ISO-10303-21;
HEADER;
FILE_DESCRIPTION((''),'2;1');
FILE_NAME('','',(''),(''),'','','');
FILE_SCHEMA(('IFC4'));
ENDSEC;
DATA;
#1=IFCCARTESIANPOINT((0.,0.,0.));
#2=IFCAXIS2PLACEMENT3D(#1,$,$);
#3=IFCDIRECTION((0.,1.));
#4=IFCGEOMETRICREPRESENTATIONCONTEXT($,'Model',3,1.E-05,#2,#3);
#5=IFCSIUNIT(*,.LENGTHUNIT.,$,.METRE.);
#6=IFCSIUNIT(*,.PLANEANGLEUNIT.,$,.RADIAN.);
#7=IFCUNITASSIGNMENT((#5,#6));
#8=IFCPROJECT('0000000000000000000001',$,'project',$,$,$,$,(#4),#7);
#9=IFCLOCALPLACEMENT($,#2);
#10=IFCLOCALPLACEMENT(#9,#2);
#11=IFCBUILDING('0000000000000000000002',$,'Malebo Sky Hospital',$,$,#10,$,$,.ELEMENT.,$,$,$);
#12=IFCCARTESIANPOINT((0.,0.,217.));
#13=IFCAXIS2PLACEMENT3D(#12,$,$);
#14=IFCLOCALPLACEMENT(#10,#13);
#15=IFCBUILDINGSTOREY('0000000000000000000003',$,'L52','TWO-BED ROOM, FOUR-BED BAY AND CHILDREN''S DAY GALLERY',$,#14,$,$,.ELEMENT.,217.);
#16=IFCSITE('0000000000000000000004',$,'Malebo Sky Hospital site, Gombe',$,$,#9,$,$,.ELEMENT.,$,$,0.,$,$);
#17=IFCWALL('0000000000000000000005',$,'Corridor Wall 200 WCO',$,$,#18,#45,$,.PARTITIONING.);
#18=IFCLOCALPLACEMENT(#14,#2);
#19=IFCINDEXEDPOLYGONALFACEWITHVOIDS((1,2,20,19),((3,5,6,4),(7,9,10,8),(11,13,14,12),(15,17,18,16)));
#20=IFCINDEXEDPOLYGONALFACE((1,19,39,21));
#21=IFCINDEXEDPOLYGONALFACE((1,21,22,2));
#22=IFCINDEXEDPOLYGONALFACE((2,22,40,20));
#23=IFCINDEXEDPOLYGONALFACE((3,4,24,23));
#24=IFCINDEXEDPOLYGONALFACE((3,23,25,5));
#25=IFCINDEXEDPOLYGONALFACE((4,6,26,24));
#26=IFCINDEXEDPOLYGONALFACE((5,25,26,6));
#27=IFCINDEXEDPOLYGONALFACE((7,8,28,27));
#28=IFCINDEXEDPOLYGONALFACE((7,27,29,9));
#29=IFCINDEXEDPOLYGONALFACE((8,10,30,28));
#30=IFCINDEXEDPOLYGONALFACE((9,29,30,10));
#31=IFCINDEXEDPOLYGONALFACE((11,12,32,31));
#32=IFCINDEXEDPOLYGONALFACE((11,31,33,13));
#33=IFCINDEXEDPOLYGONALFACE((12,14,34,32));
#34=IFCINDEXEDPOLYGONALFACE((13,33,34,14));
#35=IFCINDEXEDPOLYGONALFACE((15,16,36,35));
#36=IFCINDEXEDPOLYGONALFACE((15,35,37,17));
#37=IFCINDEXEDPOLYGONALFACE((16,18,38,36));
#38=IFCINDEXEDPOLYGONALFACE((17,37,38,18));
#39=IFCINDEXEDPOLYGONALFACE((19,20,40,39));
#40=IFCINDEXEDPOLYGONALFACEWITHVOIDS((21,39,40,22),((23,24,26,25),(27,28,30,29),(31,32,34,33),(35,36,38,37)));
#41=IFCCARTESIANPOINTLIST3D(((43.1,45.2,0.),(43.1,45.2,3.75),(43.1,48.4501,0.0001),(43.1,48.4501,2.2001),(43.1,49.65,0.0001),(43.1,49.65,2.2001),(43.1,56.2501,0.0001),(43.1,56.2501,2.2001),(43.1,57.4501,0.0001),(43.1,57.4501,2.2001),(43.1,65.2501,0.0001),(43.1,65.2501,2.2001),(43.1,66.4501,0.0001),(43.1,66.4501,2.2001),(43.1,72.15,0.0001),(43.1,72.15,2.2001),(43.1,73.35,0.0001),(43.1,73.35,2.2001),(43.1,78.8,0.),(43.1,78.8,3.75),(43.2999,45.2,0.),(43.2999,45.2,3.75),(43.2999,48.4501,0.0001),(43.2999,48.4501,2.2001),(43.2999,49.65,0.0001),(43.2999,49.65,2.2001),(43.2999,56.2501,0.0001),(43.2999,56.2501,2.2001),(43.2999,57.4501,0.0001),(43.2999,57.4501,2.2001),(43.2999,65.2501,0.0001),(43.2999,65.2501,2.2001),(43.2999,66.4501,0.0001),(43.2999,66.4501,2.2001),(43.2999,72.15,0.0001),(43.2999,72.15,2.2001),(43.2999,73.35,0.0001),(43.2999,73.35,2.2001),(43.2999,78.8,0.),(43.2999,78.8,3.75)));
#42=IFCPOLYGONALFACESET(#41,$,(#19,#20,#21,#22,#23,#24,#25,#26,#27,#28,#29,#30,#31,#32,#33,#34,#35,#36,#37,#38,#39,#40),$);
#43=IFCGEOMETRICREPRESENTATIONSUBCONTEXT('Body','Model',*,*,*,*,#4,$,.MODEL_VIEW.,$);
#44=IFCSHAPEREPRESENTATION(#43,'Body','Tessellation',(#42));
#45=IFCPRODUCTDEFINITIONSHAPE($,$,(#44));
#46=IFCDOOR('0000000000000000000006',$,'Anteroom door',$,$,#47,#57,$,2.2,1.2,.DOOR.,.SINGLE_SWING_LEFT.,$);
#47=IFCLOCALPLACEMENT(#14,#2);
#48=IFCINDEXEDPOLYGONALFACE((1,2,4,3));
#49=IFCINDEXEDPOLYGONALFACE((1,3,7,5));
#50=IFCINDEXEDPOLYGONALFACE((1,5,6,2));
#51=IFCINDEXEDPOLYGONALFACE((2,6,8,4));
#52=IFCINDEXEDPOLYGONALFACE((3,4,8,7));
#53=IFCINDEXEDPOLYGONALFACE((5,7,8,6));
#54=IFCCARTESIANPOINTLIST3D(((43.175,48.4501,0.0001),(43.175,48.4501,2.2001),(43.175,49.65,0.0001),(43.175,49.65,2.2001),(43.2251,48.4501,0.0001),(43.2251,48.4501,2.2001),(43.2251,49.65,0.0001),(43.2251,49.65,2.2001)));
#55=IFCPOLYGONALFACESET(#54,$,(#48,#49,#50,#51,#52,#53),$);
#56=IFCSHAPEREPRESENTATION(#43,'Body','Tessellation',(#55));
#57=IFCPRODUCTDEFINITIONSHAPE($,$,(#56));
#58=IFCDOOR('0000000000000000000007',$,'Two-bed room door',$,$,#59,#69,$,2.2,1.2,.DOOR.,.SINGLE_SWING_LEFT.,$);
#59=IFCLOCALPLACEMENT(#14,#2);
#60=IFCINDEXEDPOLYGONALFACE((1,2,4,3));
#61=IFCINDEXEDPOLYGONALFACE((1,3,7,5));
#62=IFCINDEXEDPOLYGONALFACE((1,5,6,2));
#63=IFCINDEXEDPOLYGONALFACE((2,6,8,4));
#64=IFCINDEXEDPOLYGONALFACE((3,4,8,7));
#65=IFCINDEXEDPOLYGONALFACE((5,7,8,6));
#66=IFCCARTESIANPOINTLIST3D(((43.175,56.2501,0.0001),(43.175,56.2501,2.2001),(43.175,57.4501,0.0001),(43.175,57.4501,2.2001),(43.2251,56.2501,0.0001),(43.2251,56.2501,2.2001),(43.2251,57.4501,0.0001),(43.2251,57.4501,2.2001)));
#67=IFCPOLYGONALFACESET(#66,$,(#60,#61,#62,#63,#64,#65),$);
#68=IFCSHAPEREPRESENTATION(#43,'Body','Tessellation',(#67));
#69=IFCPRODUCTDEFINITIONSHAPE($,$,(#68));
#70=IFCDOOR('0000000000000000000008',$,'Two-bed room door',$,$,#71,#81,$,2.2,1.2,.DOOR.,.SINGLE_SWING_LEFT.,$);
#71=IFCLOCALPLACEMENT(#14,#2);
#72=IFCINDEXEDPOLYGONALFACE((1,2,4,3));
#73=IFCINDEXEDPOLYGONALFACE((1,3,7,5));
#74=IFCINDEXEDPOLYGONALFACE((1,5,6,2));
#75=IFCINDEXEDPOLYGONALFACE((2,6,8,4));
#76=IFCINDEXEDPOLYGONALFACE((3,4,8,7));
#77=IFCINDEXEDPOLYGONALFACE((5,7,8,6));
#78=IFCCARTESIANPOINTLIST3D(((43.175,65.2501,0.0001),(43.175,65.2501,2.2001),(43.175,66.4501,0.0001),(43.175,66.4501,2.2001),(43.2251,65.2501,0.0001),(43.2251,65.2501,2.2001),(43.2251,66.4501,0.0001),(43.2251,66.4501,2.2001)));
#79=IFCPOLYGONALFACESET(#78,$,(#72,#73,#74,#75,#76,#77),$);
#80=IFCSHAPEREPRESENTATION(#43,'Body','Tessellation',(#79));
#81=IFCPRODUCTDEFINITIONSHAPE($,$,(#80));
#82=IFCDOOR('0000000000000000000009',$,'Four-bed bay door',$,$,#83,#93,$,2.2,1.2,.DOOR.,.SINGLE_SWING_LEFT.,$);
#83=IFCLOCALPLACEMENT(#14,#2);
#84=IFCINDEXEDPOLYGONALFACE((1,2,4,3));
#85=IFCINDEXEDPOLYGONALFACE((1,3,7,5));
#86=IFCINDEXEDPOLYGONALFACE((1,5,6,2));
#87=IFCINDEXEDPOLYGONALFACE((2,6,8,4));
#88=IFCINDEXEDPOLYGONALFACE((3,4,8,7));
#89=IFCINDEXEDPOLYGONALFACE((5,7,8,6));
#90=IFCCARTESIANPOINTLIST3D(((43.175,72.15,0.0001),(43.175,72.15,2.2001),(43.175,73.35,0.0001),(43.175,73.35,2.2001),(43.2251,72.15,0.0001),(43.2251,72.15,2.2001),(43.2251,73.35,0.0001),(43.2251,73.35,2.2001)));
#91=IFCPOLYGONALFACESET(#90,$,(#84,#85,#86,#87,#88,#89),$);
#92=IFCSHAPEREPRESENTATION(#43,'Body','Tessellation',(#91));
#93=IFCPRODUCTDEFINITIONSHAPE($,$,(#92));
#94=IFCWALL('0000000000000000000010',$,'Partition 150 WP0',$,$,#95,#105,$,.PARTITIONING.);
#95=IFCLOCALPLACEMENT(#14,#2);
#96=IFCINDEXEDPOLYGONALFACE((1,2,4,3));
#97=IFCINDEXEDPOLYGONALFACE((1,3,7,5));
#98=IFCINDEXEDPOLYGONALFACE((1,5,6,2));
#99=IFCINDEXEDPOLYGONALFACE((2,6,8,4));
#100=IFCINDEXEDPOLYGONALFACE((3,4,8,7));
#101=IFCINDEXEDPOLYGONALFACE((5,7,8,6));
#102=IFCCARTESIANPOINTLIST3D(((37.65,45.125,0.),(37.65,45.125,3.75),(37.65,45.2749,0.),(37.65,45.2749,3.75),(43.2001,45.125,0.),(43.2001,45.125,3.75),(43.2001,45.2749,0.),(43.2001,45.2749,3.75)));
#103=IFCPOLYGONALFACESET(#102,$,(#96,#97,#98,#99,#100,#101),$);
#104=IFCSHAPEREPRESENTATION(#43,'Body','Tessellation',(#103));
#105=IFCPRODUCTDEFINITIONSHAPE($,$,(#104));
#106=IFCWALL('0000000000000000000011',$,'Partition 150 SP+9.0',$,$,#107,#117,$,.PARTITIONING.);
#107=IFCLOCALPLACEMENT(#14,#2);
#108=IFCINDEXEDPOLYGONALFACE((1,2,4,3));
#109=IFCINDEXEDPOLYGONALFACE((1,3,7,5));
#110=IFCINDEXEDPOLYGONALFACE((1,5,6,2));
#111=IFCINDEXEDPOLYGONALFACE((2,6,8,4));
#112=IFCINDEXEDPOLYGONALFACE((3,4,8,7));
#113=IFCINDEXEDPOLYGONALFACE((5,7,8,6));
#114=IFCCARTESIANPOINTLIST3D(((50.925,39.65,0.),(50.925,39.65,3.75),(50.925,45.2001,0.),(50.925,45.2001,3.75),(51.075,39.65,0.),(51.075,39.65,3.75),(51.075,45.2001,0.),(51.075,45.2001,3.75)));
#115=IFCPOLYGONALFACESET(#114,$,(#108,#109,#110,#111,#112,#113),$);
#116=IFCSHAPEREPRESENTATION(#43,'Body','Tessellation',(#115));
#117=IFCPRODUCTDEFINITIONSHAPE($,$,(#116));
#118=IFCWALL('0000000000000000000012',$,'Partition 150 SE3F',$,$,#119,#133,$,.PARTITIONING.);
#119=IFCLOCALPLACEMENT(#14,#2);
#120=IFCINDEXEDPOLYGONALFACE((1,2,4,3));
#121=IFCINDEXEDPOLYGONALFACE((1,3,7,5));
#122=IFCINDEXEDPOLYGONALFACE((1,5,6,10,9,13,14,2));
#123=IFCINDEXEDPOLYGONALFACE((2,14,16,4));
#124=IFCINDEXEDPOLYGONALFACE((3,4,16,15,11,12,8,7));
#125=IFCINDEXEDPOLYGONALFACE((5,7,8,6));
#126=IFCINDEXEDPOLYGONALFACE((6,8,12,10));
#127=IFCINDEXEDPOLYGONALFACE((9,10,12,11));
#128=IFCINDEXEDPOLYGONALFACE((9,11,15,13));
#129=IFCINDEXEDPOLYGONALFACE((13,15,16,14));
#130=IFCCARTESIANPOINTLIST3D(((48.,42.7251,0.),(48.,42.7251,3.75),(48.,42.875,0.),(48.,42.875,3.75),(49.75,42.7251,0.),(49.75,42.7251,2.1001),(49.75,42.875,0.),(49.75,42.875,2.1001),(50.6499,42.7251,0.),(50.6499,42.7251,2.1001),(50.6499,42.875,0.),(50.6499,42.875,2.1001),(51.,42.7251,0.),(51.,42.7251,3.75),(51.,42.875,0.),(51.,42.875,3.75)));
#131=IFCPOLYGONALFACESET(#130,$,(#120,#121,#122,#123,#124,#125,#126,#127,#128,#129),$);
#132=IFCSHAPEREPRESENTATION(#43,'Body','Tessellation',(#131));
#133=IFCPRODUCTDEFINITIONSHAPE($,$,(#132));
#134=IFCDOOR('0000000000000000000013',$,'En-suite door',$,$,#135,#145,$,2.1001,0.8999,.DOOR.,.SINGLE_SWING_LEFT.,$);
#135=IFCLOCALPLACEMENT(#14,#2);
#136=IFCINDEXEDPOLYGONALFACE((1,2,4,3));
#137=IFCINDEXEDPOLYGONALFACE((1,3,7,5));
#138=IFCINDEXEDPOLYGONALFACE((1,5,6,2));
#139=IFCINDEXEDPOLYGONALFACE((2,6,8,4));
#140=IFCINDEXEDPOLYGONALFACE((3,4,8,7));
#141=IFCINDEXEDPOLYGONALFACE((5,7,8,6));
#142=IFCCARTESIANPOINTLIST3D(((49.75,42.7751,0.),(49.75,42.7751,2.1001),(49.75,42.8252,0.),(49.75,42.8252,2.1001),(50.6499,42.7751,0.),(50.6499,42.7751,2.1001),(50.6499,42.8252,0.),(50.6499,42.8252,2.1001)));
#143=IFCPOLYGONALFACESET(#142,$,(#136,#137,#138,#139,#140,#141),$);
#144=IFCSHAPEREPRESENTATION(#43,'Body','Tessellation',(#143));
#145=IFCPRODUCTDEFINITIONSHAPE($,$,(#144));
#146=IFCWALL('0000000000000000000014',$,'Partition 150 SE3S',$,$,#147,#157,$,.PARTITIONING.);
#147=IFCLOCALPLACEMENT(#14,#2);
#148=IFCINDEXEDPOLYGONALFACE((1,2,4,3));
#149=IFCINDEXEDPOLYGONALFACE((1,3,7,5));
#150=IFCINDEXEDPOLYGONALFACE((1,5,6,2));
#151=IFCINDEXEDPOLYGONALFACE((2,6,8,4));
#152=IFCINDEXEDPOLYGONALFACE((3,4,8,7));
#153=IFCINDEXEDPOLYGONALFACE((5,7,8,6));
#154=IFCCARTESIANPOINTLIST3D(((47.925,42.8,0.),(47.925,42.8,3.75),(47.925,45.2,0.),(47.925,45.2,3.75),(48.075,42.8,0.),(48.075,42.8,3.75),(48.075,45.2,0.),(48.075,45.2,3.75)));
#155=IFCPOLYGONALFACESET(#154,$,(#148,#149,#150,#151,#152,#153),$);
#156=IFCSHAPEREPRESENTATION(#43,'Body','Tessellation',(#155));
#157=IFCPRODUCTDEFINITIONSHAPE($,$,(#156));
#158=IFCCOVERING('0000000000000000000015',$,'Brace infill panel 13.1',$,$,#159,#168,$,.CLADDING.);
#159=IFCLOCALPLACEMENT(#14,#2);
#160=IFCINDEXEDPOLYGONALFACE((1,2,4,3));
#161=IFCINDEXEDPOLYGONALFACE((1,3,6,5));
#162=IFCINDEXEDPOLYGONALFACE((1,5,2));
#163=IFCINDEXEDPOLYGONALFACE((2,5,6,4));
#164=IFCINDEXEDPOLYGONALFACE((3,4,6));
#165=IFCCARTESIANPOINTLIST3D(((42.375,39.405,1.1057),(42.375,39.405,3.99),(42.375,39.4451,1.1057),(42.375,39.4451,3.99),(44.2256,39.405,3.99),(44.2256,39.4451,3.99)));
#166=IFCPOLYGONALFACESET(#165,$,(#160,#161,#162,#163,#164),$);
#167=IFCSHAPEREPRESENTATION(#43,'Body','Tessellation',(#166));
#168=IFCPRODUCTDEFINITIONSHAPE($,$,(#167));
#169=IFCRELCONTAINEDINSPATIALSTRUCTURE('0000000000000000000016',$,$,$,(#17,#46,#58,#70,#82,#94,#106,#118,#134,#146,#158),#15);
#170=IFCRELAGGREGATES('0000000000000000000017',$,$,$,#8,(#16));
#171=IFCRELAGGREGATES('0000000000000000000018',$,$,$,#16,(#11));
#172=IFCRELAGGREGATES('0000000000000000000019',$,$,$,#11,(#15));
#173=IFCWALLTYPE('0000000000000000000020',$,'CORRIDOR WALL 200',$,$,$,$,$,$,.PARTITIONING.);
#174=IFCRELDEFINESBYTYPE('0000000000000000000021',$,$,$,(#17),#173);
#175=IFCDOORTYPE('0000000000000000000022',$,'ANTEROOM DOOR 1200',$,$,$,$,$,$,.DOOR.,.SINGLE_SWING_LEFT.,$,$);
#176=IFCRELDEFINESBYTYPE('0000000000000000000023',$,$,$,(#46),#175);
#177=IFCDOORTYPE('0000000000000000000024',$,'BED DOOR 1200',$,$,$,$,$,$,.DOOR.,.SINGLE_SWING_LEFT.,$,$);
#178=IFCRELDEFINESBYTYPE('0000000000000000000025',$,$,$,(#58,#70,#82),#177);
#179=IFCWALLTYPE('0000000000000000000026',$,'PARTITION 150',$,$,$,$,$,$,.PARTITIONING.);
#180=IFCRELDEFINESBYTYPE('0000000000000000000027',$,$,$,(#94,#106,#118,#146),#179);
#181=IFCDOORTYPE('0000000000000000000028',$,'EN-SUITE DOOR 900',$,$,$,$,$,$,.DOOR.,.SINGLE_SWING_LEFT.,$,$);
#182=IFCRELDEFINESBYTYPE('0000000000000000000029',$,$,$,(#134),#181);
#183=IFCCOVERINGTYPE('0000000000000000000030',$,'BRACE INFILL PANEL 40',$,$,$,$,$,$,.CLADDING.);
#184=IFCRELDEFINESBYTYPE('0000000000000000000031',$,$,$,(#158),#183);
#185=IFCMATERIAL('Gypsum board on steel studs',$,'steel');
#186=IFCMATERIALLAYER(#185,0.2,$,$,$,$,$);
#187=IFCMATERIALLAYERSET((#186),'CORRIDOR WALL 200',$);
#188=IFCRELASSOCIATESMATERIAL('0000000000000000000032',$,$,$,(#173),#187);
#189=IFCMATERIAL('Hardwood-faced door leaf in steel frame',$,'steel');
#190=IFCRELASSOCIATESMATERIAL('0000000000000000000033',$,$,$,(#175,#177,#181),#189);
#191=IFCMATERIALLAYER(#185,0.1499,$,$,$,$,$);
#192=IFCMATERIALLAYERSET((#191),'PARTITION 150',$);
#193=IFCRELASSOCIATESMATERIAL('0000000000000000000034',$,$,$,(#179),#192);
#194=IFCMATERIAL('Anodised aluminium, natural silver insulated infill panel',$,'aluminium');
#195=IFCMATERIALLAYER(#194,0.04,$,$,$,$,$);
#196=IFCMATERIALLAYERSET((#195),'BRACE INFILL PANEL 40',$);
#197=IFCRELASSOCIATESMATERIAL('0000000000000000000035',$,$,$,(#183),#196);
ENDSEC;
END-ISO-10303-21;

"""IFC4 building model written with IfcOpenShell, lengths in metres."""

from ifc_helpers import new_model, si_unit, direction, frame, frame_2d, origin, place, context, subcontext, project, spatial, polyline, rectangle, outline, extrude, material, layer, layer_set, type_object, element, fill, save


model = new_model("IFC4")

# Units and contexts
model_context = context("Model", 3, precision=1e-05, world=origin(), true_north=direction((0.0, 1.0)))
body_context = subcontext(model_context, "Body", "Model", "MODEL_VIEW")
ifc_project = project(units=[si_unit("LENGTHUNIT", "METRE"), si_unit("PLANEANGLEUNIT", "RADIAN")], contexts=[model_context])

# Site, building, storey
site_placement = place(None, origin())
site = spatial("IfcSite", under=ifc_project, at=site_placement, Name="Malebo Sky Hospital site, Gombe", CompositionType="ELEMENT", RefElevation=0.0)
building_placement = place(site_placement, origin())
building = spatial("IfcBuilding", under=site, at=building_placement, Name="Malebo Sky Hospital", CompositionType="ELEMENT")
storey_placement = place(building_placement, frame((0.0, 0.0, 217.0)))
storey = spatial("IfcBuildingStorey", under=building, at=storey_placement, Name="L52", Description="TWO-BED ROOM, FOUR-BED BAY AND CHILDREN'S DAY GALLERY", CompositionType="ELEMENT", Elevation=217.0)

# Wall, openings, doors
ifc_material_1 = material(Name="Gypsum board on steel studs", Category="steel")
ifc_layer_1 = layer(ifc_material_1, 0.2)
ifc_layer_set_1 = layer_set([ifc_layer_1], Name="CORRIDOR WALL 200")
wall_type_1 = type_object("IfcWallType", Name="CORRIDOR WALL 200", PredefinedType="PARTITIONING", material=ifc_layer_set_1)
wall_1_placement = place(storey_placement, frame((43.2, 45.2, 0.0), z_axis=(0.0, 0.0, 1.0), x_axis=(0.0, 1.0, 0.0)))
wall_1 = element("IfcWall", 1, at=wall_1_placement, inside=storey, type_object=wall_type_1, Name="Corridor Wall 200 WCO", PredefinedType="PARTITIONING", context=body_context, shape_type="SweptSolid", body=[
    extrude(rectangle(XDim=33.6001, YDim=0.2, at=frame_2d((16.8, 0.0))), origin(), (0.0, 0.0, 1.0), 3.75),
])
opening_1_placement = place(wall_1_placement, frame((3.25, 0.0, 0.0)))
opening_1 = element("IfcOpeningElement", 2, at=opening_1_placement, cuts=wall_1, PredefinedType="OPENING", context=body_context, shape_type="SweptSolid", body=[
    extrude(rectangle(XDim=1.2, YDim=2.2, at=frame_2d((0.6001, 1.1001))), frame((0.0, 0.1099, 0.0), z_axis=(0.0, -1.0, 0.0), x_axis=(1.0, 0.0, 0.0)), (0.0, 0.0, 1.0), 0.22),
])
opening_2_placement = place(wall_1_placement, frame((11.05, 0.0, 0.0)))
opening_2 = element("IfcOpeningElement", 3, at=opening_2_placement, cuts=wall_1, PredefinedType="OPENING", context=body_context, shape_type="SweptSolid", body=[
    extrude(rectangle(XDim=1.2, YDim=2.2, at=frame_2d((0.6001, 1.1001))), frame((0.0, 0.1099, 0.0), z_axis=(0.0, -1.0, 0.0), x_axis=(1.0, 0.0, 0.0)), (0.0, 0.0, 1.0), 0.22),
])
opening_3_placement = place(wall_1_placement, frame((20.05, 0.0, 0.0)))
opening_3 = element("IfcOpeningElement", 4, at=opening_3_placement, cuts=wall_1, PredefinedType="OPENING", context=body_context, shape_type="SweptSolid", body=[
    extrude(rectangle(XDim=1.2, YDim=2.2, at=frame_2d((0.6001, 1.1001))), frame((0.0, 0.1099, 0.0), z_axis=(0.0, -1.0, 0.0), x_axis=(1.0, 0.0, 0.0)), (0.0, 0.0, 1.0), 0.22),
])
opening_4_placement = place(wall_1_placement, frame((26.95, 0.0, 0.0)))
opening_4 = element("IfcOpeningElement", 5, at=opening_4_placement, cuts=wall_1, PredefinedType="OPENING", context=body_context, shape_type="SweptSolid", body=[
    extrude(rectangle(XDim=1.2, YDim=2.2, at=frame_2d((0.6001, 1.1001))), frame((0.0, 0.1099, 0.0), z_axis=(0.0, -1.0, 0.0), x_axis=(1.0, 0.0, 0.0)), (0.0, 0.0, 1.0), 0.22),
])
ifc_material_2 = material(Name="Hardwood-faced door leaf in steel frame", Category="steel")
door_type_1 = type_object("IfcDoorType", Name="ANTEROOM DOOR 1200", OperationType="SINGLE_SWING_LEFT", PredefinedType="DOOR", material=ifc_material_2)
door_1_placement = place(opening_1_placement, origin())
door_1 = element("IfcDoor", 6, at=door_1_placement, inside=storey, type_object=door_type_1, Name="Anteroom door", OperationType="SINGLE_SWING_LEFT", OverallHeight=2.2, OverallWidth=1.2, PredefinedType="DOOR", context=body_context, shape_type="SweptSolid", body=[
    extrude(rectangle(XDim=1.2, YDim=2.2, at=frame_2d((0.6001, 1.1001))), frame((0.0, 0.0249, 0.0), z_axis=(0.0, -1.0, 0.0), x_axis=(1.0, 0.0, 0.0)), (0.0, 0.0, 1.0), 0.05),
])
fill(opening_1, door_1)
door_type_2 = type_object("IfcDoorType", Name="BED DOOR 1200", OperationType="SINGLE_SWING_LEFT", PredefinedType="DOOR", material=ifc_material_2)
door_2_placement = place(opening_2_placement, origin())
door_2 = element("IfcDoor", 7, at=door_2_placement, inside=storey, type_object=door_type_2, Name="Two-bed room door", OperationType="SINGLE_SWING_LEFT", OverallHeight=2.2, OverallWidth=1.2, PredefinedType="DOOR", context=body_context, shape_type="SweptSolid", body=[
    extrude(rectangle(XDim=1.2, YDim=2.2, at=frame_2d((0.6001, 1.1001))), frame((0.0, 0.0249, 0.0), z_axis=(0.0, -1.0, 0.0), x_axis=(1.0, 0.0, 0.0)), (0.0, 0.0, 1.0), 0.05),
])
fill(opening_2, door_2)
door_3_placement = place(opening_3_placement, origin())
door_3 = element("IfcDoor", 8, at=door_3_placement, inside=storey, type_object=door_type_2, Name="Two-bed room door", OperationType="SINGLE_SWING_LEFT", OverallHeight=2.2, OverallWidth=1.2, PredefinedType="DOOR", context=body_context, shape_type="SweptSolid", body=[
    extrude(rectangle(XDim=1.2, YDim=2.2, at=frame_2d((0.6001, 1.1001))), frame((0.0, 0.0249, 0.0), z_axis=(0.0, -1.0, 0.0), x_axis=(1.0, 0.0, 0.0)), (0.0, 0.0, 1.0), 0.05),
])
fill(opening_3, door_3)
door_4_placement = place(opening_4_placement, origin())
door_4 = element("IfcDoor", 9, at=door_4_placement, inside=storey, type_object=door_type_2, Name="Four-bed bay door", OperationType="SINGLE_SWING_LEFT", OverallHeight=2.2, OverallWidth=1.2, PredefinedType="DOOR", context=body_context, shape_type="SweptSolid", body=[
    extrude(rectangle(XDim=1.2, YDim=2.2, at=frame_2d((0.6001, 1.1001))), frame((0.0, 0.0249, 0.0), z_axis=(0.0, -1.0, 0.0), x_axis=(1.0, 0.0, 0.0)), (0.0, 0.0, 1.0), 0.05),
])
fill(opening_4, door_4)

# Walls
ifc_layer_2 = layer(ifc_material_1, 0.1499)
ifc_layer_set_2 = layer_set([ifc_layer_2], Name="PARTITION 150")
wall_type_2 = type_object("IfcWallType", Name="PARTITION 150", PredefinedType="PARTITIONING", material=ifc_layer_set_2)
for number, where, z_axis, x_axis, name in (
    (10, (43.2, 45.2, 0.0), (0.0, 0.0, 1.0), (-1.0, 0.0, 0.0), "Partition 150 WP0"),
    (11, (51.0, 45.2, 0.0), (0.0, 0.0, 1.0), (0.0, -1.0, 0.0), "Partition 150 SP+9.0"),
):
    element("IfcWall", number, at=place(storey_placement, frame(where, z_axis=z_axis, x_axis=x_axis)), inside=storey, type_object=wall_type_2, Name=name, PredefinedType="PARTITIONING", context=body_context, shape_type="SweptSolid", body=[
        extrude(rectangle(XDim=5.55, YDim=0.1499, at=frame_2d((2.7749, 0.0))), origin(), (0.0, 0.0, 1.0), 3.75),
    ])

# Wall, opening, door
wall_2_placement = place(storey_placement, frame((51.0, 42.8, 0.0), z_axis=(0.0, 0.0, 1.0), x_axis=(-1.0, 0.0, 0.0)))
wall_2 = element("IfcWall", 12, at=wall_2_placement, inside=storey, type_object=wall_type_2, Name="Partition 150 SE3F", PredefinedType="PARTITIONING", context=body_context, shape_type="SweptSolid", body=[
    extrude(rectangle(XDim=3.0, YDim=0.1499, at=frame_2d((1.5, 0.0))), origin(), (0.0, 0.0, 1.0), 3.75),
])
opening_5_placement = place(wall_2_placement, frame((0.3501, 0.0, 0.0)))
opening_5 = element("IfcOpeningElement", 13, at=opening_5_placement, cuts=wall_2, PredefinedType="OPENING", context=body_context, shape_type="SweptSolid", body=[
    extrude(rectangle(XDim=0.8999, YDim=2.1001, at=frame_2d((0.45, 1.05))), frame((0.0, 0.085, 0.0), z_axis=(0.0, -1.0, 0.0), x_axis=(1.0, 0.0, 0.0)), (0.0, 0.0, 1.0), 0.1699),
])
door_type_3 = type_object("IfcDoorType", Name="EN-SUITE DOOR 900", OperationType="SINGLE_SWING_LEFT", PredefinedType="DOOR", material=ifc_material_2)
door_5_placement = place(opening_5_placement, origin())
door_5 = element("IfcDoor", 14, at=door_5_placement, inside=storey, type_object=door_type_3, Name="En-suite door", OperationType="SINGLE_SWING_LEFT", OverallHeight=2.1001, OverallWidth=0.8999, PredefinedType="DOOR", context=body_context, shape_type="SweptSolid", body=[
    extrude(rectangle(XDim=0.8999, YDim=2.1001, at=frame_2d((0.45, 1.05))), frame((0.0, 0.0249, 0.0), z_axis=(0.0, -1.0, 0.0), x_axis=(1.0, 0.0, 0.0)), (0.0, 0.0, 1.0), 0.05),
])
fill(opening_5, door_5)

# Wall
wall_3_placement = place(storey_placement, frame((48.0, 45.2, 0.0), z_axis=(0.0, 0.0, 1.0), x_axis=(0.0, -1.0, 0.0)))
element("IfcWall", 15, at=wall_3_placement, inside=storey, type_object=wall_type_2, Name="Partition 150 SE3S", PredefinedType="PARTITIONING", context=body_context, shape_type="SweptSolid", body=[
    extrude(rectangle(XDim=2.3999, YDim=0.1499, at=frame_2d((1.2, 0.0))), origin(), (0.0, 0.0, 1.0), 3.75),
])

# Covering
ifc_material_3 = material(Name="Anodised aluminium, natural silver insulated infill panel", Category="aluminium")
ifc_layer_3 = layer(ifc_material_3, 0.04)
ifc_layer_set_3 = layer_set([ifc_layer_3], Name="BRACE INFILL PANEL 40")
covering_type = type_object("IfcCoveringType", Name="BRACE INFILL PANEL 40", PredefinedType="CLADDING", material=ifc_layer_set_3)
covering_placement = place(storey_placement, frame((43.3003, 39.425, 1.1057), z_axis=(0.0, 0.0, 1.0), x_axis=(-1.0, 0.0, 0.0)))
element("IfcCovering", 16, at=covering_placement, inside=storey, type_object=covering_type, Name="Brace infill panel 13.1", PredefinedType="CLADDING", context=body_context, shape_type="SweptSolid", body=[
    extrude(outline(polyline([(0.9253, 0.0), (0.9253, 2.8843), (-0.9253, 2.8843), (0.9253, 0.0)])), frame((0.0, 0.02, 0.0), z_axis=(0.0, -1.0, 0.0), x_axis=(1.0, 0.0, 0.0)), (0.0, 0.0, 1.0), 0.04),
])

save(model, "model.ifc")
